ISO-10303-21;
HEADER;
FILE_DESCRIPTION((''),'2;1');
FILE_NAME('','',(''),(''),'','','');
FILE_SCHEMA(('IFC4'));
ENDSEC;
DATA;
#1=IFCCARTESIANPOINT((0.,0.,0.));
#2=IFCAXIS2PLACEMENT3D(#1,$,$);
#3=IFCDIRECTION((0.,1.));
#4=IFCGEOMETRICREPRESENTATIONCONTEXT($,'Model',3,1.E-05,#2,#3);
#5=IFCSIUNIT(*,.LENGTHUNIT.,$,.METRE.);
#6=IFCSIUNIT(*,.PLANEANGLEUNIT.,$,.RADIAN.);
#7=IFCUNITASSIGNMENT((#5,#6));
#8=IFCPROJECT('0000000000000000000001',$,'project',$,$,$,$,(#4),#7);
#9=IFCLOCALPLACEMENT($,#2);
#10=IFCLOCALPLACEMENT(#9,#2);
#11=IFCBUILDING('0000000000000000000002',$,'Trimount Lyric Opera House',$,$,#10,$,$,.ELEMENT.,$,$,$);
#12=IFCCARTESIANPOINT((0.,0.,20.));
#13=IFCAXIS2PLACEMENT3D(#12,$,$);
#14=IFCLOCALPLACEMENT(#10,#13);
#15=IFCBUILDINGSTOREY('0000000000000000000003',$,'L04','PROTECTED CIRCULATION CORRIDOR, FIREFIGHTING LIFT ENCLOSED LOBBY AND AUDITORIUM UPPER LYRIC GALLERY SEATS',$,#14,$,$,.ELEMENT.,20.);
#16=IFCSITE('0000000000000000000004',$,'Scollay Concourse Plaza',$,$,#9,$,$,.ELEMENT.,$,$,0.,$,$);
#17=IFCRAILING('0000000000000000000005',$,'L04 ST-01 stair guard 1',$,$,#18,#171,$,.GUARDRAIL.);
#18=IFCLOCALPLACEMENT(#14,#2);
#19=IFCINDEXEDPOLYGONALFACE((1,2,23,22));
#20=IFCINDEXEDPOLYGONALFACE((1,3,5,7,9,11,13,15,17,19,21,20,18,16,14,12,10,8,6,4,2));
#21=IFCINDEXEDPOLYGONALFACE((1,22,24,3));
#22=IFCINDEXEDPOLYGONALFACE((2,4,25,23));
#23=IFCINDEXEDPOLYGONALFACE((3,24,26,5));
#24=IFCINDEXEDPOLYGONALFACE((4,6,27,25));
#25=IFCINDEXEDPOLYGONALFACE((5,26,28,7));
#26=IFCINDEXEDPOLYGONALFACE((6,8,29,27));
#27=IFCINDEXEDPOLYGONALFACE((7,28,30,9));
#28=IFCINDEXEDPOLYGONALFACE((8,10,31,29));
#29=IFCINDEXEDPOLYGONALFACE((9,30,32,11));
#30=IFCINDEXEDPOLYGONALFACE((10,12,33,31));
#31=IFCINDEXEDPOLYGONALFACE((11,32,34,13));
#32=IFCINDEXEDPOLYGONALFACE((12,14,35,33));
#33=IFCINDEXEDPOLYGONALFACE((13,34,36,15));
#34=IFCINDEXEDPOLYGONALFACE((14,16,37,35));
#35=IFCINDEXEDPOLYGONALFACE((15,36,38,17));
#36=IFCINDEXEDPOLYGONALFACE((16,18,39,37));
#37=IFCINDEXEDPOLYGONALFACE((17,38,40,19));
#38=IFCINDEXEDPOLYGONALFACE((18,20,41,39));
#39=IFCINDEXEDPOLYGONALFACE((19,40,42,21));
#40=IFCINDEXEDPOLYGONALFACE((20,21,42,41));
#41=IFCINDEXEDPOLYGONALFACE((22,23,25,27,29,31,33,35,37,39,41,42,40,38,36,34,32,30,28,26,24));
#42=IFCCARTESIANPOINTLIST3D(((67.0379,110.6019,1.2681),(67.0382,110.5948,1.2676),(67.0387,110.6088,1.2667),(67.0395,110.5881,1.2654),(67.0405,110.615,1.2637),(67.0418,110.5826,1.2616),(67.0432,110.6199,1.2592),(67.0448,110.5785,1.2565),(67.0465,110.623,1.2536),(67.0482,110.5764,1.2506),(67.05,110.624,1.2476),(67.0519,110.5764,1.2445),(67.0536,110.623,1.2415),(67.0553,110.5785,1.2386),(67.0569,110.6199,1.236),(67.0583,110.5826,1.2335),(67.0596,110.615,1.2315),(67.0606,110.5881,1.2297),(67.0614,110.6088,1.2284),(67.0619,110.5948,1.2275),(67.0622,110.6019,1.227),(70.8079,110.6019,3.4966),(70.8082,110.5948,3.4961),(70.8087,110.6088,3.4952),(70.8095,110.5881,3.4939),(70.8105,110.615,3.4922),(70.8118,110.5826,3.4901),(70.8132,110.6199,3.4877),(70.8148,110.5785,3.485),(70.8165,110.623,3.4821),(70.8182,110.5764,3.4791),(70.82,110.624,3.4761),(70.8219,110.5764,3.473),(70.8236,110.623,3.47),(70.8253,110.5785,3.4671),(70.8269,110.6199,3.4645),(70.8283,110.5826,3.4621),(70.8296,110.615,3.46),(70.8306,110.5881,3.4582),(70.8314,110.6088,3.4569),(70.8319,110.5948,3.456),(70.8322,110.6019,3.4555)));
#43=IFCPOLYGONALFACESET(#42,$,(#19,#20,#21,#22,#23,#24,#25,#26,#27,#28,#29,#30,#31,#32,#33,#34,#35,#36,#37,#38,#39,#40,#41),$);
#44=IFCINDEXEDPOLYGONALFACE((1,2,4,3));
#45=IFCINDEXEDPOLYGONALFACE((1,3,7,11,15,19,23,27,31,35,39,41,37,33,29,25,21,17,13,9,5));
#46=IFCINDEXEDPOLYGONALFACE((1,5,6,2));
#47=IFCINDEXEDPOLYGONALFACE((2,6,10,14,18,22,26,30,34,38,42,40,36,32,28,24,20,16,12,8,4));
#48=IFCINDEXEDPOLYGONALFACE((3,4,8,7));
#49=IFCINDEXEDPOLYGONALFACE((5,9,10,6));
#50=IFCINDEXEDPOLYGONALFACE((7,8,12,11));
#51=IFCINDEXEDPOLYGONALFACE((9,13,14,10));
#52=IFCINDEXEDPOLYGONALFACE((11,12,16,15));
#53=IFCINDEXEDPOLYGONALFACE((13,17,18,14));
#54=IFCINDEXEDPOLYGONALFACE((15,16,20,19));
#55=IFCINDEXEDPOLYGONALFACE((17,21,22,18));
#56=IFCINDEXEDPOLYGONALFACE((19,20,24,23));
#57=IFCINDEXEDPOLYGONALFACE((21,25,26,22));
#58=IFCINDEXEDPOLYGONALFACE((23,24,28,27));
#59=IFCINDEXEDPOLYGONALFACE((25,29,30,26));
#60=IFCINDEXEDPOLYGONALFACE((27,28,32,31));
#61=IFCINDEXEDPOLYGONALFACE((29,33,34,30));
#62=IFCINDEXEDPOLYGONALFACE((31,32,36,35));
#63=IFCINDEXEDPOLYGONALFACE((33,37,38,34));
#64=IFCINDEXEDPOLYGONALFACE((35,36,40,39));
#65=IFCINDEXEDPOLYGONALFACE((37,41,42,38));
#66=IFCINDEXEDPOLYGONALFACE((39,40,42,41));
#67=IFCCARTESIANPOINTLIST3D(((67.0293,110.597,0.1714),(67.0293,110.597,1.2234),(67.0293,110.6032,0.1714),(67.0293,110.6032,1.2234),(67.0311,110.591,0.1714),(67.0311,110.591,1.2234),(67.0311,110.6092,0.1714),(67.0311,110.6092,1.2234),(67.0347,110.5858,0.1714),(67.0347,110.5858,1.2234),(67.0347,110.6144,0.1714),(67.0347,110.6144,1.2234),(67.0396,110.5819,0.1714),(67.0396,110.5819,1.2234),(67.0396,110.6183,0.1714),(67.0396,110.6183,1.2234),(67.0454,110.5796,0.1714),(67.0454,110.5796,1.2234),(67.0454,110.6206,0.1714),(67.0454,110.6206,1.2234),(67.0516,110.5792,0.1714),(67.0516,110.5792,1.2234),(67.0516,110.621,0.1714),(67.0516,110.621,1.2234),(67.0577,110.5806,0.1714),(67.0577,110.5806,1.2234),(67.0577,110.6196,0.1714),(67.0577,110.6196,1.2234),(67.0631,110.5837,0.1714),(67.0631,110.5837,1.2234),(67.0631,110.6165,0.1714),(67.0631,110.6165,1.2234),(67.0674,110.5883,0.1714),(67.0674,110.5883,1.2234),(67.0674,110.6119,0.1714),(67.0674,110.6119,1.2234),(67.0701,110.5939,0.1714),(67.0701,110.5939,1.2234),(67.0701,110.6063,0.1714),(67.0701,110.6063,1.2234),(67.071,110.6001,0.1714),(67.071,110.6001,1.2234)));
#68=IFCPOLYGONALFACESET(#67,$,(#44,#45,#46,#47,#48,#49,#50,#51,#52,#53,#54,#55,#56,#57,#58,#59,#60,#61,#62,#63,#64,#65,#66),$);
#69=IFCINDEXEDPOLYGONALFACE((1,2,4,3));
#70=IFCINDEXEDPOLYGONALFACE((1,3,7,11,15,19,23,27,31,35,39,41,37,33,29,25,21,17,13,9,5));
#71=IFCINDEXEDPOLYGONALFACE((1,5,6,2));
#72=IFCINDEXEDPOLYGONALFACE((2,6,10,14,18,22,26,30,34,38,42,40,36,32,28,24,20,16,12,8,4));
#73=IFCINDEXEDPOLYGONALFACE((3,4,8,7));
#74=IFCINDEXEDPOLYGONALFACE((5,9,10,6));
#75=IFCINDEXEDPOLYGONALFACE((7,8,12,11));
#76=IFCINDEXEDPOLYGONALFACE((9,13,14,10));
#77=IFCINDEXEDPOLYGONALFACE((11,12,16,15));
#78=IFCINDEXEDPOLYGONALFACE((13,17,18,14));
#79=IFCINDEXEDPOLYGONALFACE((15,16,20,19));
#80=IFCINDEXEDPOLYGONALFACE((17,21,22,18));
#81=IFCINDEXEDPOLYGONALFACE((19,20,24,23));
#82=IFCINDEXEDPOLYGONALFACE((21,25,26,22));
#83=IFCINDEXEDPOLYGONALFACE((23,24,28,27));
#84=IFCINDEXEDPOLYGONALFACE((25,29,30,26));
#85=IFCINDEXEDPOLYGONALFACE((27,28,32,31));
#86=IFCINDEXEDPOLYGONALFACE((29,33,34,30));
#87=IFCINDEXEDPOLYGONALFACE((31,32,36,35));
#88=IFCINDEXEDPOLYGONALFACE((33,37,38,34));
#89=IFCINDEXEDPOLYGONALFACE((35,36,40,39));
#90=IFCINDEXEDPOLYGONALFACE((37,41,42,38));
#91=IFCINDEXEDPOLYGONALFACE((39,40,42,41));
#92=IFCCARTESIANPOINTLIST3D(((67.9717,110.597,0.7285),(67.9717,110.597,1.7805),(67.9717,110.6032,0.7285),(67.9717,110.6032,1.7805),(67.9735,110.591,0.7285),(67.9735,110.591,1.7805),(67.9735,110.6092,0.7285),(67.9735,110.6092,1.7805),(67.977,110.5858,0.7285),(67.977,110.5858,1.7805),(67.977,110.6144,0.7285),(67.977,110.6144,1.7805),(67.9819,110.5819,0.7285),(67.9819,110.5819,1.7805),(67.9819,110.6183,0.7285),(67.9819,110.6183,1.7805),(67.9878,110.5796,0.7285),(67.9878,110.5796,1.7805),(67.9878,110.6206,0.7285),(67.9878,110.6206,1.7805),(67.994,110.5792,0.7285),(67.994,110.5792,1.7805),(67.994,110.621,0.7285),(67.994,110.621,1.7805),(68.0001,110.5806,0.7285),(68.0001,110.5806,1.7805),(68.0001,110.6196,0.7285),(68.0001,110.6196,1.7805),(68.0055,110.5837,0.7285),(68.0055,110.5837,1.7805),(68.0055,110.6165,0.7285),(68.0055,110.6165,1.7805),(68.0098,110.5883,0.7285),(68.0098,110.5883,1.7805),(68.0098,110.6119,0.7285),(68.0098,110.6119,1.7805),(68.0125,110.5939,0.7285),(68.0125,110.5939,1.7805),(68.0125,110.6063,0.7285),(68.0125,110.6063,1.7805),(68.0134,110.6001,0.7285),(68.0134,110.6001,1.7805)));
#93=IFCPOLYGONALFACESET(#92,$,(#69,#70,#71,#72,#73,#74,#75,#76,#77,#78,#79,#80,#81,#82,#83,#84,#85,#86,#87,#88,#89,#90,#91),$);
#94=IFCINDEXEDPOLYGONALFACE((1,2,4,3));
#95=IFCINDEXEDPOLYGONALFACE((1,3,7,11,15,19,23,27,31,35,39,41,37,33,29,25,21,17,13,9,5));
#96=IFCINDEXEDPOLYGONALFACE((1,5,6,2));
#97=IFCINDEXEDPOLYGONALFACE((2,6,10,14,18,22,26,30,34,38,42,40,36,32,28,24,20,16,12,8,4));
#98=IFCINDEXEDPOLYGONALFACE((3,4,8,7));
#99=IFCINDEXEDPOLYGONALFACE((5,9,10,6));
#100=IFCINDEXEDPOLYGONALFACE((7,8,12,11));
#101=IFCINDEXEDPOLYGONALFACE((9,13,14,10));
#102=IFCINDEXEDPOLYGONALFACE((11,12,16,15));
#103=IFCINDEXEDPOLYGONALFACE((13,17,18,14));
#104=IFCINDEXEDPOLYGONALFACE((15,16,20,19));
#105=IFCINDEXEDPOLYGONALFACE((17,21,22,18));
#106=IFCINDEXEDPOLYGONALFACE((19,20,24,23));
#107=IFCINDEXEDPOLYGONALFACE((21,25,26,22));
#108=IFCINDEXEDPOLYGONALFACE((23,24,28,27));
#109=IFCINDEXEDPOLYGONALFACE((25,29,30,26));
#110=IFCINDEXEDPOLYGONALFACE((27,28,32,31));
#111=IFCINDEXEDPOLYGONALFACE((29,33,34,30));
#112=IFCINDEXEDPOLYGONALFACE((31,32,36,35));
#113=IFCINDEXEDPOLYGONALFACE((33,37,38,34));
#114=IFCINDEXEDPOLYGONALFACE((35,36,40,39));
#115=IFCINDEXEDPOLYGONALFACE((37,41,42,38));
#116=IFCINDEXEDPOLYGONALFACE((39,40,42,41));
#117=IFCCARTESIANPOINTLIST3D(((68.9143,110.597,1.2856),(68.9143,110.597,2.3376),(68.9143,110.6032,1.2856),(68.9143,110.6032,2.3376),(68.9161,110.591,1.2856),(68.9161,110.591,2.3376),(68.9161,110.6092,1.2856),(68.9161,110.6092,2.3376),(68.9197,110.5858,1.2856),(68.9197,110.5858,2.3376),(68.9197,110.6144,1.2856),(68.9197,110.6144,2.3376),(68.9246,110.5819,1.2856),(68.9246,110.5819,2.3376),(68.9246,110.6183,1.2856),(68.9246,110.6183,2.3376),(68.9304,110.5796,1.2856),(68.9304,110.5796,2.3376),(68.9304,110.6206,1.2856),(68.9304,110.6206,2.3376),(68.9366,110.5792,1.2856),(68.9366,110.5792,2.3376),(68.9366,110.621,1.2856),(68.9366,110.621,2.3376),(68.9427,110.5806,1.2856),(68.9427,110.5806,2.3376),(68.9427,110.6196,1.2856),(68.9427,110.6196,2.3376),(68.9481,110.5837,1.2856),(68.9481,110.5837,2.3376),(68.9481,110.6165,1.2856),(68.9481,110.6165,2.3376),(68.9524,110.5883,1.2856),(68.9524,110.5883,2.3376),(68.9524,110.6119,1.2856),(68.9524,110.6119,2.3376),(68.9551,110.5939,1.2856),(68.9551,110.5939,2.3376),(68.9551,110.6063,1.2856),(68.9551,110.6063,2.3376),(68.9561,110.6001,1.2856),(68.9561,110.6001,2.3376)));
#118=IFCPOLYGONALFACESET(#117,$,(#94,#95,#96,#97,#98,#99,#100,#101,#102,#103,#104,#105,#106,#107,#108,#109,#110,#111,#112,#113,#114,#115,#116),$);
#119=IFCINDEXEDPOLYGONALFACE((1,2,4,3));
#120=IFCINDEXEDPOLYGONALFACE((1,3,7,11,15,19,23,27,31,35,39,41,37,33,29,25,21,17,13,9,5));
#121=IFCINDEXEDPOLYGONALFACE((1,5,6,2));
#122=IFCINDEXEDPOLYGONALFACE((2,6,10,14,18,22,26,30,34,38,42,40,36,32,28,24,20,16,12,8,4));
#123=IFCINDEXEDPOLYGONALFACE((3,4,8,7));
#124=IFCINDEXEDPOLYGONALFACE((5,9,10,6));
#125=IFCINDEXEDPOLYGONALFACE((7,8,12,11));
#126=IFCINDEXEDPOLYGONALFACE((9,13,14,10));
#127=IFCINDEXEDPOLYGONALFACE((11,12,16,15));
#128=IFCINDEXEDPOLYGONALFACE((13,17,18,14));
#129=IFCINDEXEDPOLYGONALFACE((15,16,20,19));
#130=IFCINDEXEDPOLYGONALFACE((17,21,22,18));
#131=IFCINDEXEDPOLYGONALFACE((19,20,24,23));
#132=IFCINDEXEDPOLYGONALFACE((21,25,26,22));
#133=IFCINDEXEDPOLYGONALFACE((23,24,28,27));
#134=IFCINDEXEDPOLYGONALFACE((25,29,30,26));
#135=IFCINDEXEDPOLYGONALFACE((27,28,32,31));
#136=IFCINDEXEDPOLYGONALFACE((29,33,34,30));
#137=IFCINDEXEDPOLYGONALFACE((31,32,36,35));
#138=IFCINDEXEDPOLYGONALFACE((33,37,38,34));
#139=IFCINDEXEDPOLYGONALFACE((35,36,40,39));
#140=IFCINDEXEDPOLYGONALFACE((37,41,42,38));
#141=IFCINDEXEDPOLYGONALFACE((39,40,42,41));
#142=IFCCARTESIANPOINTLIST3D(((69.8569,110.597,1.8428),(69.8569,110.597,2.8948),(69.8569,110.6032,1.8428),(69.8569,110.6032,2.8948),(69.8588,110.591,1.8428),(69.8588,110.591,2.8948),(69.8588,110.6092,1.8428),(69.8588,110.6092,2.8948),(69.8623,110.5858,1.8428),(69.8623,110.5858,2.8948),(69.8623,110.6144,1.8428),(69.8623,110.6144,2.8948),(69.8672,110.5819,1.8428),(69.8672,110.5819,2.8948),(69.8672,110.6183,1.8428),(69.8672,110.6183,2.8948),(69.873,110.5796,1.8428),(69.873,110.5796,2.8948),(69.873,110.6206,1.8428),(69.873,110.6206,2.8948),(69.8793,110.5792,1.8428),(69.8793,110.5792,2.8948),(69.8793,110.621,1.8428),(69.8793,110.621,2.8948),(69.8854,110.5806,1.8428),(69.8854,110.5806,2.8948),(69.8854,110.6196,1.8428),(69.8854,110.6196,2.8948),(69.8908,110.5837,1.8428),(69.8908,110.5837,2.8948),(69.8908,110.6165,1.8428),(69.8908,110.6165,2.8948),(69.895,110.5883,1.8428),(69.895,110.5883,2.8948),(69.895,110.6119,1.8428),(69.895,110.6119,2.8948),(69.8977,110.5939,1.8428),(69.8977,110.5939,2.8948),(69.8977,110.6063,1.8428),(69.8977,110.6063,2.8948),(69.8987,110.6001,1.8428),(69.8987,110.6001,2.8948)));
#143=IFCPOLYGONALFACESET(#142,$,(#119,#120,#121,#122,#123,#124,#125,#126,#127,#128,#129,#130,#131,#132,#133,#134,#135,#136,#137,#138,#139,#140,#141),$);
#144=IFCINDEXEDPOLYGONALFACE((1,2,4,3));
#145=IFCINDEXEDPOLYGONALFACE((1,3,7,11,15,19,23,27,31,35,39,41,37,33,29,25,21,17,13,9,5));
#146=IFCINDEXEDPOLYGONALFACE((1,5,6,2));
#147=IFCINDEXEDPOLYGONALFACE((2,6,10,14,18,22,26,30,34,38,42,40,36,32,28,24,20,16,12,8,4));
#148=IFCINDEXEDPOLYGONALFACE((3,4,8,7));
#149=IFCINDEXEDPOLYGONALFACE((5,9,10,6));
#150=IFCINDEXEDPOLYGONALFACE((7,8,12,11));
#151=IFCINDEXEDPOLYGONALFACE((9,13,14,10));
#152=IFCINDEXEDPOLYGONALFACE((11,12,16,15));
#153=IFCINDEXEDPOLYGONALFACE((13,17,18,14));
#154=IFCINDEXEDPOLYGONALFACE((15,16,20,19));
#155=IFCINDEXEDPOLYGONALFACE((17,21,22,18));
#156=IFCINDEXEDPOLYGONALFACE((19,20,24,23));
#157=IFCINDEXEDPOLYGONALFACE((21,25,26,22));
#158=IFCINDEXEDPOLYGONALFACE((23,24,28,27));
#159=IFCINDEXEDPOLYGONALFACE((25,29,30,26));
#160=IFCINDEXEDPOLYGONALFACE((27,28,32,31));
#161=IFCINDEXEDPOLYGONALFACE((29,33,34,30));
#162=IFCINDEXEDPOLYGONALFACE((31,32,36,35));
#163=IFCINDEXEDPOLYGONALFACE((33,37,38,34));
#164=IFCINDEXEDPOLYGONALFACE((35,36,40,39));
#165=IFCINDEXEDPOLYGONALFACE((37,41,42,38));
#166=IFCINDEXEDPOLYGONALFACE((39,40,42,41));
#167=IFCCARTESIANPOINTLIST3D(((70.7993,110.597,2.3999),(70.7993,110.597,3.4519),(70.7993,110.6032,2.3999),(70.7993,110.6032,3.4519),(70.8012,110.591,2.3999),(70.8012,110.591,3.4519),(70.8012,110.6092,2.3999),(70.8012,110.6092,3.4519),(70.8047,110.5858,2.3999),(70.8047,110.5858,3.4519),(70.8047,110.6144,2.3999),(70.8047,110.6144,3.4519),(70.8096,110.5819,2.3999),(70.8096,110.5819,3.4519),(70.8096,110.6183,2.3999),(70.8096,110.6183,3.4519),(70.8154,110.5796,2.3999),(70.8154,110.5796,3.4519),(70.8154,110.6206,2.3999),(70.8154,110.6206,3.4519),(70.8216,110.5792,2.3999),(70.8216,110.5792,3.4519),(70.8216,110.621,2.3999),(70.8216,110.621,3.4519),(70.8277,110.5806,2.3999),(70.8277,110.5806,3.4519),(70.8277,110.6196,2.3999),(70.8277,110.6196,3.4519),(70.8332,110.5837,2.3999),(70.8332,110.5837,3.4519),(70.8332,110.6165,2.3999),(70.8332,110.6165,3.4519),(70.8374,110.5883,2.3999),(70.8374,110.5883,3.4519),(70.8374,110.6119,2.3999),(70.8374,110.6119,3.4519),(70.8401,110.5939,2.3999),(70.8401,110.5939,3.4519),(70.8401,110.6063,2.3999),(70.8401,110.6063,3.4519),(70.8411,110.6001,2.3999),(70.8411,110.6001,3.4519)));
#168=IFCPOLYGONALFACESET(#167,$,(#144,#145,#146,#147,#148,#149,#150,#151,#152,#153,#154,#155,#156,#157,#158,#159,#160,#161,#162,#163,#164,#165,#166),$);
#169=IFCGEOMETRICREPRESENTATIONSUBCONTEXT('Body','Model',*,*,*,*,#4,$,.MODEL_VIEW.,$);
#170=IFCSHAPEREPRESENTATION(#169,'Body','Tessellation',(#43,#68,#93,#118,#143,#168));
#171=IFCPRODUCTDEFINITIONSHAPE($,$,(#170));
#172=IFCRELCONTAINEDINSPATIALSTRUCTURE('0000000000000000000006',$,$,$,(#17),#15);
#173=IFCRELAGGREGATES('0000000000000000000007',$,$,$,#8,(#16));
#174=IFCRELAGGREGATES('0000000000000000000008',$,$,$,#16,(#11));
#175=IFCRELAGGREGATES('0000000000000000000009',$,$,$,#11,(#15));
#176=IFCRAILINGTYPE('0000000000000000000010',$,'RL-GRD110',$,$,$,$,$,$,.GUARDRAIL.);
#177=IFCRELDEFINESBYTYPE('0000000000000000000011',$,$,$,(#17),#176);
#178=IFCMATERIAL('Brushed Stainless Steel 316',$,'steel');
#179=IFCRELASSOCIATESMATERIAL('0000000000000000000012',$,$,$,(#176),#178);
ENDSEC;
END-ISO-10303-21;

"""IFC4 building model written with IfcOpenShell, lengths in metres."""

from ifc_helpers import new_model, si_unit, direction, frame, origin, origin_2d, place, context, subcontext, project, spatial, circle, extrude, material, type_object, element, save


model = new_model("IFC4")

# Units and contexts
model_context = context("Model", 3, precision=1e-05, world=origin(), true_north=direction((0.0, 1.0)))
body_context = subcontext(model_context, "Body", "Model", "MODEL_VIEW")
ifc_project = project(units=[si_unit("LENGTHUNIT", "METRE"), si_unit("PLANEANGLEUNIT", "RADIAN")], contexts=[model_context])

# Site, building, storey
site_placement = place(None, origin())
site = spatial("IfcSite", under=ifc_project, at=site_placement, Name="Scollay Concourse Plaza", CompositionType="ELEMENT", RefElevation=0.0)
building_placement = place(site_placement, origin())
building = spatial("IfcBuilding", under=site, at=building_placement, Name="Trimount Lyric Opera House", CompositionType="ELEMENT")
storey_placement = place(building_placement, frame((0.0, 0.0, 20.0)))
storey = spatial("IfcBuildingStorey", under=building, at=storey_placement, Name="L04", Description="PROTECTED CIRCULATION CORRIDOR, FIREFIGHTING LIFT ENCLOSED LOBBY AND AUDITORIUM UPPER LYRIC GALLERY SEATS", CompositionType="ELEMENT", Elevation=20.0)

# Railing
ifc_material_1 = material(Name="Brushed Stainless Steel 316", Category="steel")
railing_type_1 = type_object("IfcRailingType", Name="RL-GRD110", PredefinedType="GUARDRAIL", material=ifc_material_1)
railing_1_placement = place(storey_placement, frame((67.05, 110.6001, 0.1714)))
element("IfcRailing", 1, at=railing_1_placement, inside=storey, type_object=railing_type_1, Name="L04 ST-01 stair guard 1", PredefinedType="GUARDRAIL", context=body_context, shape_type="SweptSolid", body=[
    extrude(circle(Radius=0.0239, at=origin_2d()), frame((0.0, 0.0, 1.0762), z_axis=(0.860849, 0.0, 0.508861), x_axis=(0.0, 1.0, 0.0)), (0.0, 0.0, 1.0), 4.3794),
    extrude(circle(Radius=0.021, at=origin_2d()), origin(), (0.0, 0.0, 1.0), 1.052),
    extrude(circle(Radius=0.021, at=origin_2d()), frame((0.9424, 0.0, 0.5571)), (0.0, 0.0, 1.0), 1.052),
    extrude(circle(Radius=0.021, at=origin_2d()), frame((1.885, 0.0, 1.1143)), (0.0, 0.0, 1.0), 1.052),
    extrude(circle(Radius=0.021, at=origin_2d()), frame((2.8276, 0.0, 1.6714)), (0.0, 0.0, 1.0), 1.052),
    extrude(circle(Radius=0.021, at=origin_2d()), frame((3.77, 0.0, 2.2285)), (0.0, 0.0, 1.0), 1.052),
])

save(model, "model.ifc")
